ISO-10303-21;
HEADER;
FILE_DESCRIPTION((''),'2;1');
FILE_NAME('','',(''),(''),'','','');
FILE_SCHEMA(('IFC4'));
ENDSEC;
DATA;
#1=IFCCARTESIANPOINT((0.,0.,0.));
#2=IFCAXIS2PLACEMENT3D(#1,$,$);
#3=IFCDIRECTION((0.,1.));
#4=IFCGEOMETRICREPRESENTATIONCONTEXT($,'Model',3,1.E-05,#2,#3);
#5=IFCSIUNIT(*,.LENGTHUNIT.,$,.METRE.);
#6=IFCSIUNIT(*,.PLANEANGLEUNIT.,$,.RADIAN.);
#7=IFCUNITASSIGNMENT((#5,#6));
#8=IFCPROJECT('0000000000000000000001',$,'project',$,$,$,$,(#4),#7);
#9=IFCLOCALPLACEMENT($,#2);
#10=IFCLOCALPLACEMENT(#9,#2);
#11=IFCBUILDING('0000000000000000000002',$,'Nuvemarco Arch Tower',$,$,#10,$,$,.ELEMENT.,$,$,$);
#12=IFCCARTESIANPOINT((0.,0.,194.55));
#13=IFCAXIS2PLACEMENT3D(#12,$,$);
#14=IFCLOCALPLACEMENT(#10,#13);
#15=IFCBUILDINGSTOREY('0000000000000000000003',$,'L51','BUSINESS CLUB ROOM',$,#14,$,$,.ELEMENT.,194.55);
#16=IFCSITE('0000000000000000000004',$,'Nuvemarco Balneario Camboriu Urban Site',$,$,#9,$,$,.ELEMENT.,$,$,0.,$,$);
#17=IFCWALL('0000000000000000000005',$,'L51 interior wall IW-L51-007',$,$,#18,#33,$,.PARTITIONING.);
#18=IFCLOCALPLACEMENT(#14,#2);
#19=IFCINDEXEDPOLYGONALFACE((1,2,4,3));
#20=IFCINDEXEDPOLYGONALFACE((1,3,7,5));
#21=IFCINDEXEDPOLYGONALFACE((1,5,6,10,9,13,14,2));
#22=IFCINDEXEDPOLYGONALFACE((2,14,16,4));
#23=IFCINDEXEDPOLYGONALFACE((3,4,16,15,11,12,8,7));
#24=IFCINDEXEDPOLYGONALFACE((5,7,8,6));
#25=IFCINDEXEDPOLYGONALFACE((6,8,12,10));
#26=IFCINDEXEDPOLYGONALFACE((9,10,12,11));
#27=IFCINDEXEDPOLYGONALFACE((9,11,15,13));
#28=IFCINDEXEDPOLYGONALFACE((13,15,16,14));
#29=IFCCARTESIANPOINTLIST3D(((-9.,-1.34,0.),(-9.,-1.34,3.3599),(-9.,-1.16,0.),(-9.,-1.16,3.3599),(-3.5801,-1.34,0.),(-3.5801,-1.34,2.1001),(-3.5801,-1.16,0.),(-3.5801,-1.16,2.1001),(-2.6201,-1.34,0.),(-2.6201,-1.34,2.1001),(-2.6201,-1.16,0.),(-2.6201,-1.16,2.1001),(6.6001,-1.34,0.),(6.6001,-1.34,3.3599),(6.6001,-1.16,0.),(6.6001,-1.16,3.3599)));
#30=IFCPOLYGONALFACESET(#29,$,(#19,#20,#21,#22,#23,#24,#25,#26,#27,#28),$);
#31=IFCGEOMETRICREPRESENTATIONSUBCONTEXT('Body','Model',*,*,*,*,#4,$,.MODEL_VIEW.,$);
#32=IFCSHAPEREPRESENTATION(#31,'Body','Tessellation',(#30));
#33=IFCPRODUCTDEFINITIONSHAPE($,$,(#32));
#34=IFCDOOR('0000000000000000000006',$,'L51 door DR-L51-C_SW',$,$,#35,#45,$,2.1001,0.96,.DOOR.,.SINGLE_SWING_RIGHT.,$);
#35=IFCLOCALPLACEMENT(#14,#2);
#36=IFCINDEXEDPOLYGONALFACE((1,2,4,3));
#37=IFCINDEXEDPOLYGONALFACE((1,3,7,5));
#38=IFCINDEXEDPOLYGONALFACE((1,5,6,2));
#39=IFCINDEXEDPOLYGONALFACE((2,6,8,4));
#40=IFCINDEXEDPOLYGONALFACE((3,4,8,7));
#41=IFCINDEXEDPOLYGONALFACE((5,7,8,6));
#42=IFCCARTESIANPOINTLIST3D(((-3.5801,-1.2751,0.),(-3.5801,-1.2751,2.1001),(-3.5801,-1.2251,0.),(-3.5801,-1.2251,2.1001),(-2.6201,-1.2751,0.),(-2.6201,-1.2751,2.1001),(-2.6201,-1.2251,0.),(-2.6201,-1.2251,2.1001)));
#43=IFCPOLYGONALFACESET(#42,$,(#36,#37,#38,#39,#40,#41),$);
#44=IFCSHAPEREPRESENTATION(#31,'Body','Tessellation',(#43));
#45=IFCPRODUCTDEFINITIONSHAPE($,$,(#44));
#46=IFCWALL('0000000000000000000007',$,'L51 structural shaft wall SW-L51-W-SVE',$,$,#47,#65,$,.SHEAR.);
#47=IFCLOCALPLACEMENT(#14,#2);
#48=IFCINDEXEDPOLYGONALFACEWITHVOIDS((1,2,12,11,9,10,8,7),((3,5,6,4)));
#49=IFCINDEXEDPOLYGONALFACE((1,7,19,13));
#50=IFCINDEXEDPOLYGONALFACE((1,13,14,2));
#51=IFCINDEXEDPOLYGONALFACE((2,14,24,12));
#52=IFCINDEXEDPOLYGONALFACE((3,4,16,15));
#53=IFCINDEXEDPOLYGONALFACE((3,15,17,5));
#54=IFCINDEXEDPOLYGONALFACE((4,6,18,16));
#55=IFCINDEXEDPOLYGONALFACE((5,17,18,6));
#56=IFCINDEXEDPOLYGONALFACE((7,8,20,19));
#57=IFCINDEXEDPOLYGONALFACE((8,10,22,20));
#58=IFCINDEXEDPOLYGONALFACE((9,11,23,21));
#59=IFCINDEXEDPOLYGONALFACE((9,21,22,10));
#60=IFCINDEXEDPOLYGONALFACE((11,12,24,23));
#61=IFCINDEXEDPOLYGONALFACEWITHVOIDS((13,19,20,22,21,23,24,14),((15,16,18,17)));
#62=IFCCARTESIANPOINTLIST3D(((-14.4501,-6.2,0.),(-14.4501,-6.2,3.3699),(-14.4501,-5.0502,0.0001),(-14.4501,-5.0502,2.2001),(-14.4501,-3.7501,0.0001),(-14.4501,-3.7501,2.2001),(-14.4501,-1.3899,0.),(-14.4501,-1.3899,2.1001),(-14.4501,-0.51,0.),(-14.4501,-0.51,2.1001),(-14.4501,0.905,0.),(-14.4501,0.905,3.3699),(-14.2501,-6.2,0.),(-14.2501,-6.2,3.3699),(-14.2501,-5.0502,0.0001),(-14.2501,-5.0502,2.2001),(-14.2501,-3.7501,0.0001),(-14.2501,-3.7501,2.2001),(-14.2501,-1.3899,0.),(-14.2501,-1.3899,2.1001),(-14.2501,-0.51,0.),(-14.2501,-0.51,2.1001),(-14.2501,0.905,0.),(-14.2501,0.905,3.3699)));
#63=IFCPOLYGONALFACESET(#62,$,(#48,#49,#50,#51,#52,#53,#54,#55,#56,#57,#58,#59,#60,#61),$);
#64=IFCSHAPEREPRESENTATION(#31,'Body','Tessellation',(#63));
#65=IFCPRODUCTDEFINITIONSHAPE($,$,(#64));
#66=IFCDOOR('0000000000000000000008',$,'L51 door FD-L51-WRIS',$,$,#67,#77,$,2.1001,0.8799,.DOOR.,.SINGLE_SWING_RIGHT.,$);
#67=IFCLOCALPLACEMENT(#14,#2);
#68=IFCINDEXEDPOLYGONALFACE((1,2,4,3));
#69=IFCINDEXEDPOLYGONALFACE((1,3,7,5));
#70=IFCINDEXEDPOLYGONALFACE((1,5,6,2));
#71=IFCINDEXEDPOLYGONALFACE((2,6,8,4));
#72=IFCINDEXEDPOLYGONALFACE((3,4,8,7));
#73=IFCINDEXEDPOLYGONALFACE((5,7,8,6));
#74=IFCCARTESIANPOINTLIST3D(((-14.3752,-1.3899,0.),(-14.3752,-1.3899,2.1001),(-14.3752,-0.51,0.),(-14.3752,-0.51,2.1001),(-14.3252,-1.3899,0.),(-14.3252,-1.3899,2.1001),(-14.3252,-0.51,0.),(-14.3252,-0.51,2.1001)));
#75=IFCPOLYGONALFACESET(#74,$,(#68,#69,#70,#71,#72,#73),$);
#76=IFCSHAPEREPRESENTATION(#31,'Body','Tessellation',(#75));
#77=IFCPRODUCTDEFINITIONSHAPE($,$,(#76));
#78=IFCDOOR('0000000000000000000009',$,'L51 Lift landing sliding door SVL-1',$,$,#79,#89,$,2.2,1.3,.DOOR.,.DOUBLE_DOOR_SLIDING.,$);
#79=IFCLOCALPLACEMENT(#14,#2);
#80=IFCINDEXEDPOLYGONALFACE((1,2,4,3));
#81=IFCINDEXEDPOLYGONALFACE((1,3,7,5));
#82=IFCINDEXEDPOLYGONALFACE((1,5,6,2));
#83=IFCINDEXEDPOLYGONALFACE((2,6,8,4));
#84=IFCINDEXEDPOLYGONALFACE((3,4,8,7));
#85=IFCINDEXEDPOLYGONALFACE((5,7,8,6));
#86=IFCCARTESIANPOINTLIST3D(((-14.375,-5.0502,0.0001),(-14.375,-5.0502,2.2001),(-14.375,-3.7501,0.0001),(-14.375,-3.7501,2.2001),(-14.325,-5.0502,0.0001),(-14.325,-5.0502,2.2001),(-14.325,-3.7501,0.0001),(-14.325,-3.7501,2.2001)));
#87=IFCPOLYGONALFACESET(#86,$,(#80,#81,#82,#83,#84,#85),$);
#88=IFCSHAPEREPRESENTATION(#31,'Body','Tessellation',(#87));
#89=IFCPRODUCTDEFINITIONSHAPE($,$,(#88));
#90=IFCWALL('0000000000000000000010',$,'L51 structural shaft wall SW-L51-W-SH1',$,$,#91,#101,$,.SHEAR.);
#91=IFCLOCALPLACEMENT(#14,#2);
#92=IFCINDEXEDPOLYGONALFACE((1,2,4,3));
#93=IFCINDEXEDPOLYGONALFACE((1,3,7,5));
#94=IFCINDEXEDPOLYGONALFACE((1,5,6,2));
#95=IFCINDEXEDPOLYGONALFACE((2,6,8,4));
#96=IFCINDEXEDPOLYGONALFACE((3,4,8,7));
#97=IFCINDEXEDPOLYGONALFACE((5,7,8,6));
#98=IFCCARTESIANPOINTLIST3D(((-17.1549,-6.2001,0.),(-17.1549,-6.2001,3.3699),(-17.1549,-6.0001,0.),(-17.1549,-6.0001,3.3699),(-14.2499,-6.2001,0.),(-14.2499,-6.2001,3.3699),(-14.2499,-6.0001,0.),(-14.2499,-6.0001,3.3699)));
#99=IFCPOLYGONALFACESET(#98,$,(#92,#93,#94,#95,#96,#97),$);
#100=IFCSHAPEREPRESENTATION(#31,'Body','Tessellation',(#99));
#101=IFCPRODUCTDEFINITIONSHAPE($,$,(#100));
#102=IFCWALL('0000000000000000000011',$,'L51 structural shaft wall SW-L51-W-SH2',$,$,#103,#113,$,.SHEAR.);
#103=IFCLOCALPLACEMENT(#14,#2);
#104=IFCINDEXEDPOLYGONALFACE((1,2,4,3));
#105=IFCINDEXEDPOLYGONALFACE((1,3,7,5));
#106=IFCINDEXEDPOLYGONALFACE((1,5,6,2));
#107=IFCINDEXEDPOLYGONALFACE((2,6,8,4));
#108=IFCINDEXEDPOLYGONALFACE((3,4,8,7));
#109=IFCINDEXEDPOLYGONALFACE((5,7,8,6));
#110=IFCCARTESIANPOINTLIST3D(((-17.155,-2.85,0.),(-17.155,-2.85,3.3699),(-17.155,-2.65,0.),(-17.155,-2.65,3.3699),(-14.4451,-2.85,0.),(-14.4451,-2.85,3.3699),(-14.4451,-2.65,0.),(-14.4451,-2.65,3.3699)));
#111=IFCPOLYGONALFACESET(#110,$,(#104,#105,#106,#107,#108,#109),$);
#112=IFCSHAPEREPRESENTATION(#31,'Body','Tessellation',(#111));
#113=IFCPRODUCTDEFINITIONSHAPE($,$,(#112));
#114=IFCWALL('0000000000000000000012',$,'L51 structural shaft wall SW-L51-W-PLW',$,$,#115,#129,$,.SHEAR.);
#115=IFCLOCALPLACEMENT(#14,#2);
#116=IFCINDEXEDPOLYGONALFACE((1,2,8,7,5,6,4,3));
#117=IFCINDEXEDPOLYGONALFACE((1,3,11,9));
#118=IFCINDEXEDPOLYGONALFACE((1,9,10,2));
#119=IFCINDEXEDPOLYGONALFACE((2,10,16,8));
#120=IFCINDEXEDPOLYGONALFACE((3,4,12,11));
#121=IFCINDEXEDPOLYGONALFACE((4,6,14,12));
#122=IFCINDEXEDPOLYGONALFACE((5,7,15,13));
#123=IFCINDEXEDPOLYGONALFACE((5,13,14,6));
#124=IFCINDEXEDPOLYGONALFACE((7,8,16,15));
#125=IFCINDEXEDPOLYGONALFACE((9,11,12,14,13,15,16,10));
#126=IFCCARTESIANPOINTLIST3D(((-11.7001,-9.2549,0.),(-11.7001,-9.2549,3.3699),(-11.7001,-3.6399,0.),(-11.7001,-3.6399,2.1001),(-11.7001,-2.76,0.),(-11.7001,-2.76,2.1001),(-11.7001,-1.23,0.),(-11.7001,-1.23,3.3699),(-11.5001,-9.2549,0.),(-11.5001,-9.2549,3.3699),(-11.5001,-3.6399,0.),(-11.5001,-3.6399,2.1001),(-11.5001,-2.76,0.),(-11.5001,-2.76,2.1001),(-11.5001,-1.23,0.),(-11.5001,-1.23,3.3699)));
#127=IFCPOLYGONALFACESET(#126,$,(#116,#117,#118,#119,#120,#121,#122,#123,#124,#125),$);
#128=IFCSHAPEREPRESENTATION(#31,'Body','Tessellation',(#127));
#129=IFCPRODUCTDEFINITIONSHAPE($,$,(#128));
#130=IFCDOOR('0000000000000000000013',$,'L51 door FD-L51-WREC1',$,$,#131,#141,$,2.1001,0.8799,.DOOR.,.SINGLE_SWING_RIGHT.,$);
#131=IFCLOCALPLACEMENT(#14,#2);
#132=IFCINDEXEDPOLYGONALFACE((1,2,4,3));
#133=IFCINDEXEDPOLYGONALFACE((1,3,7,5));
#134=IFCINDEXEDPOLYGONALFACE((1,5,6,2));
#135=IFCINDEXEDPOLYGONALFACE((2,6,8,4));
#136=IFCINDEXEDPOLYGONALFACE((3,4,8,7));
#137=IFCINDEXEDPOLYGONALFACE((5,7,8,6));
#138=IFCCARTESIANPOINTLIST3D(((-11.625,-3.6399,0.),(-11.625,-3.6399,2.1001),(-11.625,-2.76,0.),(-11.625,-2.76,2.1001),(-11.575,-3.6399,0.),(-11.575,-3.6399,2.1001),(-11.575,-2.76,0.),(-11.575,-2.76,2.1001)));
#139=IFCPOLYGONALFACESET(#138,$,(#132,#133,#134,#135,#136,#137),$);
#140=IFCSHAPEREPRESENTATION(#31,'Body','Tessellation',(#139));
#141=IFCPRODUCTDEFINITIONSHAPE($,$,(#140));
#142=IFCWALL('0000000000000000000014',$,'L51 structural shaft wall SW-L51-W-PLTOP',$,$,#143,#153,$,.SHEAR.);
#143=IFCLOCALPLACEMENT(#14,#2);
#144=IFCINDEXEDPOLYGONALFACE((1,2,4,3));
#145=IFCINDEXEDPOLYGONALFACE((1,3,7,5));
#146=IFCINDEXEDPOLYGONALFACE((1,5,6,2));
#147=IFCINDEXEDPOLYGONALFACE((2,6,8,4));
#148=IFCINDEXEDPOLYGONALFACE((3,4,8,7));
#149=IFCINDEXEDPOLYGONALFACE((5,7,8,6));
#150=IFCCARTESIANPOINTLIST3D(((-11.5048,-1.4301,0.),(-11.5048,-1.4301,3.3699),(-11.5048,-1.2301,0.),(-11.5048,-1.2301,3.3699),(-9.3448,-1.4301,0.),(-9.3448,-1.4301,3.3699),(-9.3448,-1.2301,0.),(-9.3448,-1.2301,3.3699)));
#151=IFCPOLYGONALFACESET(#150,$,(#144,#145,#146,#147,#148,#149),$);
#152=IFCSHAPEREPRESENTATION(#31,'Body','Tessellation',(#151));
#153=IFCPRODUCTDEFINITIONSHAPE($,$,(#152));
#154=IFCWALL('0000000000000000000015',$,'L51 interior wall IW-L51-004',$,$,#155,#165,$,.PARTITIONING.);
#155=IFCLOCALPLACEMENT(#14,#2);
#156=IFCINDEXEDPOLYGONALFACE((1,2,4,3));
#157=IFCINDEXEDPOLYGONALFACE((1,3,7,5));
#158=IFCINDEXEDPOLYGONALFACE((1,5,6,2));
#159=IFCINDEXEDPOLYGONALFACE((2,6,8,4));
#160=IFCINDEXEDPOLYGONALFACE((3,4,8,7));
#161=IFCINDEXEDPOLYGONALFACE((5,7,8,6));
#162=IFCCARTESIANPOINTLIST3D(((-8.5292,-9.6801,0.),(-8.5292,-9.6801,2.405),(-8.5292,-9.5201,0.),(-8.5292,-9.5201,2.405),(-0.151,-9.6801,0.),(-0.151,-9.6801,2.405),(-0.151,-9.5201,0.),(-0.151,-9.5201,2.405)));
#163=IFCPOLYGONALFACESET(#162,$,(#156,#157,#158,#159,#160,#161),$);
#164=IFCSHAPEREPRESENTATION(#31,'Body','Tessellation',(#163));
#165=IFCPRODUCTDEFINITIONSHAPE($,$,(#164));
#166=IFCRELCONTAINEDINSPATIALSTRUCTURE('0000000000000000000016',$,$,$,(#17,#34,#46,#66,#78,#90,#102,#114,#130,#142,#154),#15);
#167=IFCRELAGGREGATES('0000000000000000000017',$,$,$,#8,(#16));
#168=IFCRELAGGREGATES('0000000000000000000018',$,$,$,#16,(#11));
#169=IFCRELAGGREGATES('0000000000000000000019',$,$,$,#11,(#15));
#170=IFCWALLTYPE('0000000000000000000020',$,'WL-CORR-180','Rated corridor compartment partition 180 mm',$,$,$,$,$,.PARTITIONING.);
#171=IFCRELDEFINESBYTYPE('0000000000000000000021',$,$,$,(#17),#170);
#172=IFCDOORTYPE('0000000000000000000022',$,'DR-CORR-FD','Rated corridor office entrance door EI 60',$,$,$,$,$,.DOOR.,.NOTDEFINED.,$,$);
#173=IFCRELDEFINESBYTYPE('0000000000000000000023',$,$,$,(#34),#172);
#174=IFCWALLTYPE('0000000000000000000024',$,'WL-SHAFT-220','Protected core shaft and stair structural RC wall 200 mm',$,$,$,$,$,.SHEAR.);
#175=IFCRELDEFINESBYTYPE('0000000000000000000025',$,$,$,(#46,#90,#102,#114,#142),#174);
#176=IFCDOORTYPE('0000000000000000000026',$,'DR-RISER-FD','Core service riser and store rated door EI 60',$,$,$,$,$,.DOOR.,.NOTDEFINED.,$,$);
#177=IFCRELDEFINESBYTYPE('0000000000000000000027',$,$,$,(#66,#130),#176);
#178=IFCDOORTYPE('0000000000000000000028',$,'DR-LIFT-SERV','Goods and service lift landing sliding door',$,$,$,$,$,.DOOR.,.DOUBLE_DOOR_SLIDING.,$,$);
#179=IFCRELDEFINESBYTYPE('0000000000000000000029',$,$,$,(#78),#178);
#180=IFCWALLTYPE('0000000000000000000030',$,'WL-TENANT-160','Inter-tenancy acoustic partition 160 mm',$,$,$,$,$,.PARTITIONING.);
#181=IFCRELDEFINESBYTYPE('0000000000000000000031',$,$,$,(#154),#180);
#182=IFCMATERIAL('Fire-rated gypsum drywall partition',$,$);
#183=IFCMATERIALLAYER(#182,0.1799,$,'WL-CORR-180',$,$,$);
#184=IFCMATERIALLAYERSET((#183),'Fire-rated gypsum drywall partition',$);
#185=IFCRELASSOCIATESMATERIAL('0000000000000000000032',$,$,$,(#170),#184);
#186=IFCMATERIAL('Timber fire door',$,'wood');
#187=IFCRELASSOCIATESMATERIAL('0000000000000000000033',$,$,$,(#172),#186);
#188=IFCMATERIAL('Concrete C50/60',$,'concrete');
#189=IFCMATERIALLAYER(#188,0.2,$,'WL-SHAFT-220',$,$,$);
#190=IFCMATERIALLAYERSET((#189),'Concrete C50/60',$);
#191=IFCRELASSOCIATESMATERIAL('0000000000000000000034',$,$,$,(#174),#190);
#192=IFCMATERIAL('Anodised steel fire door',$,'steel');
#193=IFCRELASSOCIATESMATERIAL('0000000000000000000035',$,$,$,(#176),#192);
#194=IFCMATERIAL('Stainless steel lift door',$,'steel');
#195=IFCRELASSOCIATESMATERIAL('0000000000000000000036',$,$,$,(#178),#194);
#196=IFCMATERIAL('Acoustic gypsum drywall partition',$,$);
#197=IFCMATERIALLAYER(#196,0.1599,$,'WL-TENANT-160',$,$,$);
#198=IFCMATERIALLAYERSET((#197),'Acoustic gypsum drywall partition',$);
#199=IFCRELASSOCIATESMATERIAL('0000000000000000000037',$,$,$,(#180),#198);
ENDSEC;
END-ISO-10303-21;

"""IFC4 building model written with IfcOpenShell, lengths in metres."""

from ifc_helpers import new_model, si_unit, direction, frame, frame_2d, origin, place, context, subcontext, project, spatial, rectangle, extrude, source, transform, mapped, material, layer, layer_set, type_object, type_shapes, element, fill, save


model = new_model("IFC4")

# Units and contexts
model_context = context("Model", 3, precision=1e-05, world=origin(), true_north=direction((0.0, 1.0)))
body_context = subcontext(model_context, "Body", "Model", "MODEL_VIEW")
ifc_project = project(units=[si_unit("LENGTHUNIT", "METRE"), si_unit("PLANEANGLEUNIT", "RADIAN")], contexts=[model_context])

# Site, building, storey
site_placement = place(None, origin())
site = spatial("IfcSite", under=ifc_project, at=site_placement, Name="Nuvemarco Balneario Camboriu Urban Site", CompositionType="ELEMENT", RefElevation=0.0)
building_placement = place(site_placement, origin())
building = spatial("IfcBuilding", under=site, at=building_placement, Name="Nuvemarco Arch Tower", CompositionType="ELEMENT")
storey_placement = place(building_placement, frame((0.0, 0.0, 194.55)))
storey = spatial("IfcBuildingStorey", under=building, at=storey_placement, Name="L51", Description="BUSINESS CLUB ROOM", CompositionType="ELEMENT", Elevation=194.55)

# Shared definitions
ifc_material_1 = material(Name="Concrete C50/60", Category="concrete")

# Wall, opening, door
ifc_material_2 = material(Name="Anodised steel fire door", Category="steel")
ifc_material_3 = material(Name="Fire-rated gypsum drywall partition")
ifc_layer_1 = layer(ifc_material_3, 0.1799, Name="WL-CORR-180")
ifc_layer_set_1 = layer_set([ifc_layer_1], Name="Fire-rated gypsum drywall partition")
wall_type_1 = type_object("IfcWallType", Name="WL-CORR-180", Description="Rated corridor compartment partition 180 mm", PredefinedType="PARTITIONING", material=ifc_layer_set_1)
wall_1_placement = place(storey_placement, frame((-9.0, -1.25, 0.0), z_axis=(0.0, 0.0, 1.0), x_axis=(1.0, 0.0, 0.0)))
wall_1 = element("IfcWall", 1, at=wall_1_placement, inside=storey, type_object=wall_type_1, Name="L51 interior wall IW-L51-007", PredefinedType="PARTITIONING", context=body_context, shape_type="SweptSolid", body=[
    extrude(rectangle(XDim=15.6001, YDim=0.1799, at=frame_2d((7.8, 0.0))), origin(), (0.0, 0.0, 1.0), 3.3599),
])
opening_1_placement = place(wall_1_placement, frame((5.4199, 0.0, 0.0)))
opening_1 = element("IfcOpeningElement", 2, at=opening_1_placement, cuts=wall_1, PredefinedType="OPENING", context=body_context, shape_type="SweptSolid", body=[
    extrude(rectangle(XDim=0.96, YDim=2.1001, at=frame_2d((0.48, 1.05))), frame((0.0, 0.0999, 0.0), z_axis=(0.0, -1.0, 0.0), x_axis=(1.0, 0.0, 0.0)), (0.0, 0.0, 1.0), 0.2),
])
ifc_material_4 = material(Name="Timber fire door", Category="wood")
door_type_1 = type_object("IfcDoorType", Name="DR-CORR-FD", Description="Rated corridor office entrance door EI 60", OperationType="NOTDEFINED", PredefinedType="DOOR", material=ifc_material_4)
shared_shape_1 = source(origin(), body_context, "Body", "SweptSolid", [
    extrude(rectangle(XDim=0.96, YDim=2.1001, at=frame_2d((0.48, 1.05))), frame((0.0, 0.0249, 0.0), z_axis=(0.0, -1.0, 0.0), x_axis=(1.0, 0.0, 0.0)), (0.0, 0.0, 1.0), 0.05),
])
type_shapes(door_type_1, [shared_shape_1])
door_1_placement = place(opening_1_placement, origin())
door_1 = element("IfcDoor", 3, at=door_1_placement, inside=storey, type_object=door_type_1, Name="L51 door DR-L51-C_SW", OperationType="SINGLE_SWING_RIGHT", OverallHeight=2.1001, OverallWidth=0.96, PredefinedType="DOOR", context=body_context, shape_type="MappedRepresentation", body=[
    mapped(shared_shape_1, transform((0.0, 0.0, 0.0), scale=1.0)),
])
fill(opening_1, door_1)
ifc_layer_2 = layer(ifc_material_1, 0.2, Name="WL-SHAFT-220")
ifc_layer_set_2 = layer_set([ifc_layer_2], Name="Concrete C50/60")
wall_type_2 = type_object("IfcWallType", Name="WL-SHAFT-220", Description="Protected core shaft and stair structural RC wall 200 mm", PredefinedType="SHEAR", material=ifc_layer_set_2)
ifc_material_5 = material(Name="Stainless steel lift door", Category="steel")

# Wall, openings, doors
wall_2_placement = place(storey_placement, frame((-14.3501, -6.2, 0.0), z_axis=(0.0, 0.0, 1.0), x_axis=(0.0, 1.0, 0.0)))
wall_2 = element("IfcWall", 4, at=wall_2_placement, inside=storey, type_object=wall_type_2, Name="L51 structural shaft wall SW-L51-W-SVE", PredefinedType="SHEAR", context=body_context, shape_type="SweptSolid", body=[
    extrude(rectangle(XDim=7.105, YDim=0.2, at=frame_2d((3.5525, 0.0))), origin(), (0.0, 0.0, 1.0), 3.3699),
])
opening_2_placement = place(wall_2_placement, frame((5.6899, 0.0, 0.0), z_axis=(0.0, 0.0, 1.0), x_axis=(-1.0, 0.0, 0.0)))
opening_2 = element("IfcOpeningElement", 5, at=opening_2_placement, cuts=wall_2, PredefinedType="OPENING", context=body_context, shape_type="SweptSolid", body=[
    extrude(rectangle(XDim=0.8799, YDim=2.1001, at=frame_2d((0.4399, 1.05))), frame((0.0, 0.1099, 0.0), z_axis=(0.0, -1.0, 0.0), x_axis=(1.0, 0.0, 0.0)), (0.0, 0.0, 1.0), 0.22),
])
opening_3_placement = place(wall_2_placement, frame((1.1499, 0.0, 0.0)))
opening_3 = element("IfcOpeningElement", 6, at=opening_3_placement, cuts=wall_2, PredefinedType="OPENING", context=body_context, shape_type="SweptSolid", body=[
    extrude(rectangle(XDim=1.3, YDim=2.2, at=frame_2d((0.6499, 1.1001))), frame((0.0, 0.1099, 0.0), z_axis=(0.0, -1.0, 0.0), x_axis=(1.0, 0.0, 0.0)), (0.0, 0.0, 1.0), 0.22),
])
door_type_2 = type_object("IfcDoorType", Name="DR-RISER-FD", Description="Core service riser and store rated door EI 60", OperationType="NOTDEFINED", PredefinedType="DOOR", material=ifc_material_2)
shared_shape_2 = source(origin(), body_context, "Body", "SweptSolid", [
    extrude(rectangle(XDim=0.8799, YDim=2.1001, at=frame_2d((0.4399, 1.05))), frame((0.0, 0.0249, 0.0), z_axis=(0.0, -1.0, 0.0), x_axis=(1.0, 0.0, 0.0)), (0.0, 0.0, 1.0), 0.05),
])
type_shapes(door_type_2, [shared_shape_2])
door_2_placement = place(opening_2_placement, origin())
door_2 = element("IfcDoor", 7, at=door_2_placement, inside=storey, type_object=door_type_2, Name="L51 door FD-L51-WRIS", OperationType="SINGLE_SWING_RIGHT", OverallHeight=2.1001, OverallWidth=0.8799, PredefinedType="DOOR", context=body_context, shape_type="MappedRepresentation", body=[
    mapped(shared_shape_2, transform((0.0, 0.0, 0.0), scale=1.0)),
])
fill(opening_2, door_2)
door_type_3 = type_object("IfcDoorType", Name="DR-LIFT-SERV", Description="Goods and service lift landing sliding door", OperationType="DOUBLE_DOOR_SLIDING", PredefinedType="DOOR", material=ifc_material_5)
shared_shape_3 = source(origin(), body_context, "Body", "SweptSolid", [
    extrude(rectangle(XDim=1.3, YDim=2.2, at=frame_2d((0.6499, 1.1001))), frame((0.0, 0.0249, 0.0), z_axis=(0.0, -1.0, 0.0), x_axis=(1.0, 0.0, 0.0)), (0.0, 0.0, 1.0), 0.05),
])
type_shapes(door_type_3, [shared_shape_3])
door_3_placement = place(opening_3_placement, origin())
door_3 = element("IfcDoor", 8, at=door_3_placement, inside=storey, type_object=door_type_3, Name="L51 Lift landing sliding door SVL-1", OperationType="DOUBLE_DOOR_SLIDING", OverallHeight=2.2, OverallWidth=1.3, PredefinedType="DOOR", context=body_context, shape_type="MappedRepresentation", body=[
    mapped(shared_shape_3, transform((0.0, 0.0, 0.0), scale=1.0)),
])
fill(opening_3, door_3)

# Walls
wall_3_placement = place(storey_placement, frame((-17.155, -6.1001, 0.0), z_axis=(0.0, 0.0, 1.0), x_axis=(1.0, 0.0, 0.0)))
element("IfcWall", 9, at=wall_3_placement, inside=storey, type_object=wall_type_2, Name="L51 structural shaft wall SW-L51-W-SH1", PredefinedType="SHEAR", context=body_context, shape_type="SweptSolid", body=[
    extrude(rectangle(XDim=2.905, YDim=0.2, at=frame_2d((1.4526, 0.0))), origin(), (0.0, 0.0, 1.0), 3.3699),
])
wall_4_placement = place(storey_placement, frame((-17.155, -2.75, 0.0), z_axis=(0.0, 0.0, 1.0), x_axis=(1.0, 0.0, 0.0)))
element("IfcWall", 10, at=wall_4_placement, inside=storey, type_object=wall_type_2, Name="L51 structural shaft wall SW-L51-W-SH2", PredefinedType="SHEAR", context=body_context, shape_type="SweptSolid", body=[
    extrude(rectangle(XDim=2.71, YDim=0.2, at=frame_2d((1.355, 0.0))), origin(), (0.0, 0.0, 1.0), 3.3699),
])

# Wall, opening, door
wall_5_placement = place(storey_placement, frame((-11.6001, -9.2549, 0.0), z_axis=(0.0, 0.0, 1.0), x_axis=(0.0, 1.0, 0.0)))
wall_5 = element("IfcWall", 11, at=wall_5_placement, inside=storey, type_object=wall_type_2, Name="L51 structural shaft wall SW-L51-W-PLW", PredefinedType="SHEAR", context=body_context, shape_type="SweptSolid", body=[
    extrude(rectangle(XDim=8.0249, YDim=0.2, at=frame_2d((4.0125, 0.0))), origin(), (0.0, 0.0, 1.0), 3.3699),
])
opening_4_placement = place(wall_5_placement, frame((5.615, 0.0, 0.0)))
opening_4 = element("IfcOpeningElement", 12, at=opening_4_placement, cuts=wall_5, PredefinedType="OPENING", context=body_context, shape_type="SweptSolid", body=[
    extrude(rectangle(XDim=0.8799, YDim=2.1001, at=frame_2d((0.4399, 1.05))), frame((0.0, 0.1099, 0.0), z_axis=(0.0, -1.0, 0.0), x_axis=(1.0, 0.0, 0.0)), (0.0, 0.0, 1.0), 0.22),
])
door_4_placement = place(opening_4_placement, origin())
door_4 = element("IfcDoor", 13, at=door_4_placement, inside=storey, type_object=door_type_2, Name="L51 door FD-L51-WREC1", OperationType="SINGLE_SWING_RIGHT", OverallHeight=2.1001, OverallWidth=0.8799, PredefinedType="DOOR", context=body_context, shape_type="MappedRepresentation", body=[
    mapped(shared_shape_2, transform((0.0, 0.0, 0.0), scale=1.0)),
])
fill(opening_4, door_4)

# Walls
wall_6_placement = place(storey_placement, frame((-11.5049, -1.3301, 0.0), z_axis=(0.0, 0.0, 1.0), x_axis=(1.0, 0.0, 0.0)))
element("IfcWall", 14, at=wall_6_placement, inside=storey, type_object=wall_type_2, Name="L51 structural shaft wall SW-L51-W-PLTOP", PredefinedType="SHEAR", context=body_context, shape_type="SweptSolid", body=[
    extrude(rectangle(XDim=2.1599, YDim=0.2, at=frame_2d((1.0801, 0.0))), origin(), (0.0, 0.0, 1.0), 3.3699),
])
ifc_material_6 = material(Name="Acoustic gypsum drywall partition")
ifc_layer_3 = layer(ifc_material_6, 0.1599, Name="WL-TENANT-160")
ifc_layer_set_3 = layer_set([ifc_layer_3], Name="Acoustic gypsum drywall partition")
wall_type_3 = type_object("IfcWallType", Name="WL-TENANT-160", Description="Inter-tenancy acoustic partition 160 mm", PredefinedType="PARTITIONING", material=ifc_layer_set_3)
wall_7_placement = place(storey_placement, frame((-8.5291, -9.6001, 0.0), z_axis=(0.0, 0.0, 1.0), x_axis=(1.0, 0.0, 0.0)))
element("IfcWall", 15, at=wall_7_placement, inside=storey, type_object=wall_type_3, Name="L51 interior wall IW-L51-004", PredefinedType="PARTITIONING", context=body_context, shape_type="SweptSolid", body=[
    extrude(rectangle(XDim=8.3782, YDim=0.1599, at=frame_2d((4.189, 0.0))), origin(), (0.0, 0.0, 1.0), 2.405),
])

save(model, "model.ifc")
